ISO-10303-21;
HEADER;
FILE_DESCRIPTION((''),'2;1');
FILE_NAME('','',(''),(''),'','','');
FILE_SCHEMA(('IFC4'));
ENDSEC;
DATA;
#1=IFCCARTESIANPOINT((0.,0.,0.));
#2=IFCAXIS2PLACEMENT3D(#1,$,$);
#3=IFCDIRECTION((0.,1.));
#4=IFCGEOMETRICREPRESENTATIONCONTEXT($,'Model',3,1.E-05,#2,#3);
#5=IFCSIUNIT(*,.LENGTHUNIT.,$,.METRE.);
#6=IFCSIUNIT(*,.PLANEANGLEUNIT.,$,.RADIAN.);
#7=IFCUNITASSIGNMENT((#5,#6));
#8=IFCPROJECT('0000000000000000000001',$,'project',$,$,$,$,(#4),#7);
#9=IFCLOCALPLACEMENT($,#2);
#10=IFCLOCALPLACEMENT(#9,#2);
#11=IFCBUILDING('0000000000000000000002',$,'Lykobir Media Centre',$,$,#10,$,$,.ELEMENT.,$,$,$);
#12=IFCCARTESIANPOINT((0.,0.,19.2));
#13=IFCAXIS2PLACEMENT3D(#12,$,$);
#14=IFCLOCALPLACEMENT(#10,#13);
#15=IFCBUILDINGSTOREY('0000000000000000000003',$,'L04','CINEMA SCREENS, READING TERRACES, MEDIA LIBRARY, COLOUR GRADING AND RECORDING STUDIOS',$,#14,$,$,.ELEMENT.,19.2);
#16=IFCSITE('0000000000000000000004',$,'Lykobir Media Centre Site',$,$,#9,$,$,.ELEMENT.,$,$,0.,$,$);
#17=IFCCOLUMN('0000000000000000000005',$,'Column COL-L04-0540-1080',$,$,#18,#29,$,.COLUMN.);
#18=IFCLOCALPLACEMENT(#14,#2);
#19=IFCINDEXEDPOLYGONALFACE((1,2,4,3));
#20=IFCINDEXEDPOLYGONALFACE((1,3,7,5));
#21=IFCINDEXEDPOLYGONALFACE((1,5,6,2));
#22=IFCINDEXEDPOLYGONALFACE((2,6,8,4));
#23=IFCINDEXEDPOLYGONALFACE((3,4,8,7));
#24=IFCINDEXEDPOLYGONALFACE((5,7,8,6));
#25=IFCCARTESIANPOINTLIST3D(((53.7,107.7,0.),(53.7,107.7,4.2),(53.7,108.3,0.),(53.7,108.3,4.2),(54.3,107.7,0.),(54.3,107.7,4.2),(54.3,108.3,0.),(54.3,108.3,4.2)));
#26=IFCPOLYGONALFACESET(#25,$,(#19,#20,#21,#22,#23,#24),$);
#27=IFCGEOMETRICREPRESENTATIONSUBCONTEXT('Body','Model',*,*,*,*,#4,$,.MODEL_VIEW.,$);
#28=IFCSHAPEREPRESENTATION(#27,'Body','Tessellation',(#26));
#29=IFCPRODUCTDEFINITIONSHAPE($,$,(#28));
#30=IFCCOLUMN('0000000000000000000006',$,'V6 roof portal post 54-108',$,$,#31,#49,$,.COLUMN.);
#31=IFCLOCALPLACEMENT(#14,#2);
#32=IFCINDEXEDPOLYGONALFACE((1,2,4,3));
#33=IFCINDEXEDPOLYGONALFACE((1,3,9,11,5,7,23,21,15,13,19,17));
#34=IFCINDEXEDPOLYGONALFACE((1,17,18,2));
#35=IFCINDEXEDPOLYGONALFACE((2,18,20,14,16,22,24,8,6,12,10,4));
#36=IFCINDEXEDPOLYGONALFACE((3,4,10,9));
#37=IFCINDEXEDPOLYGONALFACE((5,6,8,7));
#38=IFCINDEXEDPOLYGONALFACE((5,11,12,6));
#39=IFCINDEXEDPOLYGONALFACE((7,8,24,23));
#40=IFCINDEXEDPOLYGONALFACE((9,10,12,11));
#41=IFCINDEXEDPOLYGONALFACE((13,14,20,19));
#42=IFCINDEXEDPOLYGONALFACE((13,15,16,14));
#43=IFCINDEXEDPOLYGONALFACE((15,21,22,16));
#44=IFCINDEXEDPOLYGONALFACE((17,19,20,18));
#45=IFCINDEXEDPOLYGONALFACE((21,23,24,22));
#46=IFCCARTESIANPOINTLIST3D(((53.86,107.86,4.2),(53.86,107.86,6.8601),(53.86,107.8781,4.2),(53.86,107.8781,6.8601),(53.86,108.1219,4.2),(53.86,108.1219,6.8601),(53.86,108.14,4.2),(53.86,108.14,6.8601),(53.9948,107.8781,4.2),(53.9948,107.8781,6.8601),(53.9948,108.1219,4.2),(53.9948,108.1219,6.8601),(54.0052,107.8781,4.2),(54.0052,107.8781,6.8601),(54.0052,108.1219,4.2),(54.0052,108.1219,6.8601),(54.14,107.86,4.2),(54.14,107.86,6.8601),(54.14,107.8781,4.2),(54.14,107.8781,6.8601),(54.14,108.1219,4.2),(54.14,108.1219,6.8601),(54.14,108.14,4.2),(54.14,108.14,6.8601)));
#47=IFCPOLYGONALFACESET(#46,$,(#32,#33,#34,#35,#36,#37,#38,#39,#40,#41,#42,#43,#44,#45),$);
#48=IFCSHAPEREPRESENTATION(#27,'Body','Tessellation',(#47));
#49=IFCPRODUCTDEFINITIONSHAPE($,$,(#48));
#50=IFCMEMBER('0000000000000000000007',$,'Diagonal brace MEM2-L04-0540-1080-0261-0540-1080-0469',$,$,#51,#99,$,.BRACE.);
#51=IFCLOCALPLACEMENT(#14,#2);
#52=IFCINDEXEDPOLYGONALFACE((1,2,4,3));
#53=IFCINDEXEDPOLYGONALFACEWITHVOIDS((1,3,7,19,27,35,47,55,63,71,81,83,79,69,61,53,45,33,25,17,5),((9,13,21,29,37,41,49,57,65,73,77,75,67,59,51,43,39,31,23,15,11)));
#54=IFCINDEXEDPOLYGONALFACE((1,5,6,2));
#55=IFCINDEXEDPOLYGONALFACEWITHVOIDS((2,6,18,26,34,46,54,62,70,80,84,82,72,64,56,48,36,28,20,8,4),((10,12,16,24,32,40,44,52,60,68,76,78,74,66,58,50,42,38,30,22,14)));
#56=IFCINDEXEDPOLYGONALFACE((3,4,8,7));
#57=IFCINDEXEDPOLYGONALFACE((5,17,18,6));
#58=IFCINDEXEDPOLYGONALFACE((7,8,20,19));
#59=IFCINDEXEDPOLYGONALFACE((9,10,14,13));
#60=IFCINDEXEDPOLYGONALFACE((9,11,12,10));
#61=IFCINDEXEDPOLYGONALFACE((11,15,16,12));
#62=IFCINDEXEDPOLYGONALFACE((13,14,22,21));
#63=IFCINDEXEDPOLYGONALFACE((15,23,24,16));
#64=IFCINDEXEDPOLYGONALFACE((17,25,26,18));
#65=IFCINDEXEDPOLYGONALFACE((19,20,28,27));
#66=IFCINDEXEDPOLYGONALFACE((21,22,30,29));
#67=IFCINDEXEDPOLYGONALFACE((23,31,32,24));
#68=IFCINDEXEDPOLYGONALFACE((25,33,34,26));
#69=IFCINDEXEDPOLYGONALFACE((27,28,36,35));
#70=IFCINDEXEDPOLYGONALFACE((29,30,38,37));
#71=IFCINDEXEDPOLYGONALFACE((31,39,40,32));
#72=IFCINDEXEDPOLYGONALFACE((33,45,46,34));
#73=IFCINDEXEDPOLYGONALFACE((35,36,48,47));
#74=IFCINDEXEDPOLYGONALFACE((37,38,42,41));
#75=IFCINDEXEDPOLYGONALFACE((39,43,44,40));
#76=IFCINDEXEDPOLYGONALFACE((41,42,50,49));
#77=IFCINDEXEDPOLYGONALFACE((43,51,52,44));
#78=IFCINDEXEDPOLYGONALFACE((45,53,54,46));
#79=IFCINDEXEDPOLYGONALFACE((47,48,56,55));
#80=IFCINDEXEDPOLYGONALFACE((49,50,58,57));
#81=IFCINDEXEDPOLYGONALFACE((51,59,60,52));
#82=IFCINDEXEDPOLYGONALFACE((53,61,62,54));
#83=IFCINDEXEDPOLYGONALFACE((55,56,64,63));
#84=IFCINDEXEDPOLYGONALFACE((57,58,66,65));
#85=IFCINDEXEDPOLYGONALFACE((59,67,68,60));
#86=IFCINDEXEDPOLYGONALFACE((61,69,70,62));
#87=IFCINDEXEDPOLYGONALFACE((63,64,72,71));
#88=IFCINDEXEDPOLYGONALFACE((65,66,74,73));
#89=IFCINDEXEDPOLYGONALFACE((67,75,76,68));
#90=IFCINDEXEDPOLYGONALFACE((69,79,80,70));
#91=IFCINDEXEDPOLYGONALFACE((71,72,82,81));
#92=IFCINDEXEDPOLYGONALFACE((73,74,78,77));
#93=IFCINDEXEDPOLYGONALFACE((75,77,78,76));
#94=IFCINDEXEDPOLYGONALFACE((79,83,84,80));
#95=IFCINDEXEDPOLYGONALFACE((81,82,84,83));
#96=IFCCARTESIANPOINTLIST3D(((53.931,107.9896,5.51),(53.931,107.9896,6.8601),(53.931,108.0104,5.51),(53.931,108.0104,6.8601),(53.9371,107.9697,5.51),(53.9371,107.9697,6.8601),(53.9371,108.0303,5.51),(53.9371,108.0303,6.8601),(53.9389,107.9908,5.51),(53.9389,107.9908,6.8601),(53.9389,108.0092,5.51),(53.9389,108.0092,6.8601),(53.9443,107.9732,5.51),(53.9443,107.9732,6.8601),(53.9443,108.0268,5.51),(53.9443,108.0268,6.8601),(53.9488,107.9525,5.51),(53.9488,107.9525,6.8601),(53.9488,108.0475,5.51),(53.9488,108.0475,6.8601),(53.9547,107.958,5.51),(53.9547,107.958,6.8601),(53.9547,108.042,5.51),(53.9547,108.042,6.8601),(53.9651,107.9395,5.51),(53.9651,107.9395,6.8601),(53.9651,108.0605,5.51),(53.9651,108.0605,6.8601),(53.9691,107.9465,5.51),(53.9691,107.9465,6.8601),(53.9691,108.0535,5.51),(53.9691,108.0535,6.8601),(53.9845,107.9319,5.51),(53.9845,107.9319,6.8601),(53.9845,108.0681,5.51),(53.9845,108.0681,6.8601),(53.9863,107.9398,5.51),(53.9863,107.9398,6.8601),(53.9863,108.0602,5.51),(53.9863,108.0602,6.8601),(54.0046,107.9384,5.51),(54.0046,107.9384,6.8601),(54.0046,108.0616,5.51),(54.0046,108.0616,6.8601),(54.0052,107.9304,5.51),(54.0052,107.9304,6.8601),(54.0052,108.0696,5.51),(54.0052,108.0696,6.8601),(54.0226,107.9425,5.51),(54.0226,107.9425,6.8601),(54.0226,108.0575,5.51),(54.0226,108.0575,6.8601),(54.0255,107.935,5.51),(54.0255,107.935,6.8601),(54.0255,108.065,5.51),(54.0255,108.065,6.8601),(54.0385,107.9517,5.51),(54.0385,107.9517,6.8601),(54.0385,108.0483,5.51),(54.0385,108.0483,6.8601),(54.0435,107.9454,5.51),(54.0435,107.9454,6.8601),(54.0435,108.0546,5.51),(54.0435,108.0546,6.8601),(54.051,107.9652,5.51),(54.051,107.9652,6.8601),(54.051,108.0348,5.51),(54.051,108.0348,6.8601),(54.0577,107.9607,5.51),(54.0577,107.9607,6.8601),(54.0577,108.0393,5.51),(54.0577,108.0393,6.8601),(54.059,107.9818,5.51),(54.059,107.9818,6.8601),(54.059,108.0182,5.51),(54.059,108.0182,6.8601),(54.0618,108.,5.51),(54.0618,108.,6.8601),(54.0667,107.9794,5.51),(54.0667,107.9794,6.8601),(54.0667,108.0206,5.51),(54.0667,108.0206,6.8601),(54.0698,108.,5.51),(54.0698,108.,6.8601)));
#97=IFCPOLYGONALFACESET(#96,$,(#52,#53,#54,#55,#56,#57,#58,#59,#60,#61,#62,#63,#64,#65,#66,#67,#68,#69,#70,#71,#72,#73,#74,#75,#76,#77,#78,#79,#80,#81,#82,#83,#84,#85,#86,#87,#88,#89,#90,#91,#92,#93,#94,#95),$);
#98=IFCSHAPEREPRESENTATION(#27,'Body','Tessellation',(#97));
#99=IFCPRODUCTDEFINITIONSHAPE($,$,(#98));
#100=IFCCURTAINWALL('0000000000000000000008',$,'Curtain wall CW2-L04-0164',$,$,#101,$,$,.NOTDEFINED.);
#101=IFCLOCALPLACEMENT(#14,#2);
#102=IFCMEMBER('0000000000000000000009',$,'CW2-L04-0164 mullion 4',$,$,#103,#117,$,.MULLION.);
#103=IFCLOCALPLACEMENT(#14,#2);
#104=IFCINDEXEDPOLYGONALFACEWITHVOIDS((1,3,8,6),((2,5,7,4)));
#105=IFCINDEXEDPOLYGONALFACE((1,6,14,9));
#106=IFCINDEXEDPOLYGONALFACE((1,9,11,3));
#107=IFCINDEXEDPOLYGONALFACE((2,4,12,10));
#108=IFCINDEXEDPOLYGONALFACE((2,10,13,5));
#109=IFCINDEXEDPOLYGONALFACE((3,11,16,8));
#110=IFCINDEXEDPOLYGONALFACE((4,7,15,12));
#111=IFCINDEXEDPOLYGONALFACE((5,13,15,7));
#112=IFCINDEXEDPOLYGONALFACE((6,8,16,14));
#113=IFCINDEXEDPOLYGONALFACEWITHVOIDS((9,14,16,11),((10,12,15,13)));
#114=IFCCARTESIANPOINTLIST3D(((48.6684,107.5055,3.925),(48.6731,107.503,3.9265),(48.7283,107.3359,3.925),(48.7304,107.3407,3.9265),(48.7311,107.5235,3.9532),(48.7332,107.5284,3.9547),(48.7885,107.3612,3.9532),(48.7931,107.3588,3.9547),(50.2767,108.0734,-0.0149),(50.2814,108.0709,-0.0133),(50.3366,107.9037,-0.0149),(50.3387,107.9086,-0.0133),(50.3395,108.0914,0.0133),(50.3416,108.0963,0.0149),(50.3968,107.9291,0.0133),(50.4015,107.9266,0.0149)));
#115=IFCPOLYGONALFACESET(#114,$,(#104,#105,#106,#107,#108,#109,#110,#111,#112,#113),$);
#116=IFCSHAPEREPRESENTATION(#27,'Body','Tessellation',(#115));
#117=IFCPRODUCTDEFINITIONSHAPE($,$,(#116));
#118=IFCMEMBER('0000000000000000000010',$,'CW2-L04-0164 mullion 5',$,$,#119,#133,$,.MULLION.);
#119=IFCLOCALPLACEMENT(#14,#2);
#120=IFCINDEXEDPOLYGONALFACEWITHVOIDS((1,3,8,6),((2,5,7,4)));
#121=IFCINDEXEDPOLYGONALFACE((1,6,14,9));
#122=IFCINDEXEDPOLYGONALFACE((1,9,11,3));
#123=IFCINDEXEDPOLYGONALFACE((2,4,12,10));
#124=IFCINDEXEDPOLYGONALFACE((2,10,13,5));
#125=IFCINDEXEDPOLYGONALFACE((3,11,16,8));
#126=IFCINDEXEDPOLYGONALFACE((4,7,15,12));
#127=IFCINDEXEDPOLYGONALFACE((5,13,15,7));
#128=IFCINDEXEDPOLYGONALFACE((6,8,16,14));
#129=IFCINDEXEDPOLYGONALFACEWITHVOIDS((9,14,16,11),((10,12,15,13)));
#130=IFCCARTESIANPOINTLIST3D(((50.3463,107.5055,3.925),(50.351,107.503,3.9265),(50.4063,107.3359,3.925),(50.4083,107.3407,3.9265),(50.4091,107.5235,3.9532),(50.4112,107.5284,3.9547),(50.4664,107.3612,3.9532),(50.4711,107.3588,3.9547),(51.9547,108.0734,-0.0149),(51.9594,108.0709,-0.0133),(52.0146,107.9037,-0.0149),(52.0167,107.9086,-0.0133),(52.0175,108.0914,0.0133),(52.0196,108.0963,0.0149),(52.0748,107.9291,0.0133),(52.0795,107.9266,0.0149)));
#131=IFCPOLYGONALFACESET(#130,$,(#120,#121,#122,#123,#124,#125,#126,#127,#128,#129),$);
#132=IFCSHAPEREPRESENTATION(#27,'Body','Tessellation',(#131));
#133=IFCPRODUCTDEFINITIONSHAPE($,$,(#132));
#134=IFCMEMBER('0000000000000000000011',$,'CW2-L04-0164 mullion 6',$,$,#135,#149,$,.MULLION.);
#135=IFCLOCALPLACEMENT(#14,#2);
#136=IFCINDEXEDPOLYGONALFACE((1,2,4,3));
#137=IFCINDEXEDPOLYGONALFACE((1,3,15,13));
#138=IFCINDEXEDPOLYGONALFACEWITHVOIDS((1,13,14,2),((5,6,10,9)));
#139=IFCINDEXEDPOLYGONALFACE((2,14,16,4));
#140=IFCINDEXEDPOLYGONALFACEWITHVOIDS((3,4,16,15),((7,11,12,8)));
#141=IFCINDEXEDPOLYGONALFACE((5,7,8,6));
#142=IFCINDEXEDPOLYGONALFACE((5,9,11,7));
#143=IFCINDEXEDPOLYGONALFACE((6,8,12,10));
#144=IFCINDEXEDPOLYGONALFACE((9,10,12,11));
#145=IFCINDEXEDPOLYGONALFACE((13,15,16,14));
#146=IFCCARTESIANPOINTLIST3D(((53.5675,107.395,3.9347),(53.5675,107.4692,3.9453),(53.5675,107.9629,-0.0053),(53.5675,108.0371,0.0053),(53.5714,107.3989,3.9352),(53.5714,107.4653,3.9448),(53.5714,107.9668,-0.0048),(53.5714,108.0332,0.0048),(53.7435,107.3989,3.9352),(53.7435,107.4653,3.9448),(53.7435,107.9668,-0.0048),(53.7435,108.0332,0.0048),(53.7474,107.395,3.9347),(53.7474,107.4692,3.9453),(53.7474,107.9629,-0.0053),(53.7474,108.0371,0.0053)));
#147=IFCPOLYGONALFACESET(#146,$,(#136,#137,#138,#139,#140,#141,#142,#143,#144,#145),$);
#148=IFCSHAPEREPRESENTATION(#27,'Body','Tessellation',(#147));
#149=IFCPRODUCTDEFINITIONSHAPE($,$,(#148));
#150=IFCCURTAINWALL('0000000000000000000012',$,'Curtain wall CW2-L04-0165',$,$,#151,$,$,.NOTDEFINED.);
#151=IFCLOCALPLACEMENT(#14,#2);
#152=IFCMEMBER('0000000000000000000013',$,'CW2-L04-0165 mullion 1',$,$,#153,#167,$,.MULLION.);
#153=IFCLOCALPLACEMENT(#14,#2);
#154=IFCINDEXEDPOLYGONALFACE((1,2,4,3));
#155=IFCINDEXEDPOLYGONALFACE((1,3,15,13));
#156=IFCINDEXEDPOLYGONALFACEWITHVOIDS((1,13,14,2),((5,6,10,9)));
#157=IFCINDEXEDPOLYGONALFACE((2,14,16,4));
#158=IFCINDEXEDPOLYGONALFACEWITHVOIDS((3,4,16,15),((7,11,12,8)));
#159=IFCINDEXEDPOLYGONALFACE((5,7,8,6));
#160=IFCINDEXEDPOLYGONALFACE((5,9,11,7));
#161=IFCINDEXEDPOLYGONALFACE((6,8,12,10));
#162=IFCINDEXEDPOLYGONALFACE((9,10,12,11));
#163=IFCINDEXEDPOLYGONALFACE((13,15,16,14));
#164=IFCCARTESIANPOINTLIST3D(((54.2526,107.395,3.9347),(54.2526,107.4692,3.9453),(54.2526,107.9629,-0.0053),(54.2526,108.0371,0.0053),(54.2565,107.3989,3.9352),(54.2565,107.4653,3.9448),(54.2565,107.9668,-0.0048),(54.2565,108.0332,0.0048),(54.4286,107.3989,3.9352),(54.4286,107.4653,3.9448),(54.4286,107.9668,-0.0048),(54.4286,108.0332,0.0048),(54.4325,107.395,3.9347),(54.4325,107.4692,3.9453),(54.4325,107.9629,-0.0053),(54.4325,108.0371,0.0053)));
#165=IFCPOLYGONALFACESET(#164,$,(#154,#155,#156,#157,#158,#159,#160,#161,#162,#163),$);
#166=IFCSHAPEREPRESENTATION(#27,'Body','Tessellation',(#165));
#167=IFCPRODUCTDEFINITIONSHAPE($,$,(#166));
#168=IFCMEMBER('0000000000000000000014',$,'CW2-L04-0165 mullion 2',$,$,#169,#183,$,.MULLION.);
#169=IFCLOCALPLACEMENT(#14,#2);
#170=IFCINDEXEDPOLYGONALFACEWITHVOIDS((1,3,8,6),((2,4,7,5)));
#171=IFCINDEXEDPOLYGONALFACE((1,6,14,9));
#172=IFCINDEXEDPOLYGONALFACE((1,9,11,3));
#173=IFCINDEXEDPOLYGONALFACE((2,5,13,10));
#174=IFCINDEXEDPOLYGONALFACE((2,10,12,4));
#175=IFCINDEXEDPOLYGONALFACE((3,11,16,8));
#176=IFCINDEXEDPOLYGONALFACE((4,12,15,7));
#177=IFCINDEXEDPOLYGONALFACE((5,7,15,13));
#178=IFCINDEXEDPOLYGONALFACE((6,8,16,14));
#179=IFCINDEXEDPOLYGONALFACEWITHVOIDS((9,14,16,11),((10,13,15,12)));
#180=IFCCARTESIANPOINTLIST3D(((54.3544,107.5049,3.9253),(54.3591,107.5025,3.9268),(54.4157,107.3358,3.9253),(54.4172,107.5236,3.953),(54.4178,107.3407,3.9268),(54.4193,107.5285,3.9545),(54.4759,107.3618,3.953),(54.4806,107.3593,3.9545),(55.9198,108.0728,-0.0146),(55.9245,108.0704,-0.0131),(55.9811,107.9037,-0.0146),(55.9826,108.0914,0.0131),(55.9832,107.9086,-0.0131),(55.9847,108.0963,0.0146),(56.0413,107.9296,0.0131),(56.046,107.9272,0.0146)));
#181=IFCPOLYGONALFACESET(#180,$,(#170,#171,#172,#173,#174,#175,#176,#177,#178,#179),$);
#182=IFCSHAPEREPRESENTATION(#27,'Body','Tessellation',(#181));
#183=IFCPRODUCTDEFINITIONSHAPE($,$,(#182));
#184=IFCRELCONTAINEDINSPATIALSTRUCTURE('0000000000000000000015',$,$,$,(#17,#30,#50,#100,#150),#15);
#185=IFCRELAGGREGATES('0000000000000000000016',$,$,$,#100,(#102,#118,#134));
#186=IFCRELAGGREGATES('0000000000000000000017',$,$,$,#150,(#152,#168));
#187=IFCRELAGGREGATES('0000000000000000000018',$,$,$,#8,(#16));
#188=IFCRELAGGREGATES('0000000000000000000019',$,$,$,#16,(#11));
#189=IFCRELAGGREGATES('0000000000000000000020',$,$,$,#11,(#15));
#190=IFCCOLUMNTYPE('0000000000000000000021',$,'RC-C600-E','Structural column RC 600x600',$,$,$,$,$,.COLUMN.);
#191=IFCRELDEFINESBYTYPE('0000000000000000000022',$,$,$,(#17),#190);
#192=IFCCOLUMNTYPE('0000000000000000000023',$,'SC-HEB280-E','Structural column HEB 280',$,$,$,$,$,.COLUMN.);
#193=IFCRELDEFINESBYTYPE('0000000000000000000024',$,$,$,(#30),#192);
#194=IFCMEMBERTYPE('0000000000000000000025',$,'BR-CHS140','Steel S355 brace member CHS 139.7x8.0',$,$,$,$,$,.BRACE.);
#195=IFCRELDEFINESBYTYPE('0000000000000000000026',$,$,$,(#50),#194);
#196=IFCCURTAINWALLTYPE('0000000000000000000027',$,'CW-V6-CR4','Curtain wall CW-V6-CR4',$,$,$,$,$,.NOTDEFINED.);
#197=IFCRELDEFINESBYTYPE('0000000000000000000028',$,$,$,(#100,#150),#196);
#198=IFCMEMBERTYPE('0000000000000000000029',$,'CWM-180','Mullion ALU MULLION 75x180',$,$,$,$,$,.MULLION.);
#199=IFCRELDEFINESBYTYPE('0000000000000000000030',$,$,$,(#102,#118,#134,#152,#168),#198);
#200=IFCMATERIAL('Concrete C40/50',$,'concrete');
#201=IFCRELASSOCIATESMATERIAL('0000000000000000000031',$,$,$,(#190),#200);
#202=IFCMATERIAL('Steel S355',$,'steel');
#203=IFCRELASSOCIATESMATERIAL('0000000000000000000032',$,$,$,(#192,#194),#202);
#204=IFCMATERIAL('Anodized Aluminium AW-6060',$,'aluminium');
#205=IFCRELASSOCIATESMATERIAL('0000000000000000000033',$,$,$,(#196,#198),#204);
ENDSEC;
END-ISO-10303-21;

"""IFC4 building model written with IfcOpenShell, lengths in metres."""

from ifc_helpers import new_model, si_unit, direction, frame, origin, origin_2d, place, context, subcontext, project, spatial, rectangle, hollow_rectangle, hollow_circle, i_section, extrude, material, material_profile, profile_set, type_object, element, aggregate, save


model = new_model("IFC4")

# Units and contexts
model_context = context("Model", 3, precision=1e-05, world=origin(), true_north=direction((0.0, 1.0)))
body_context = subcontext(model_context, "Body", "Model", "MODEL_VIEW")
ifc_project = project(units=[si_unit("LENGTHUNIT", "METRE"), si_unit("PLANEANGLEUNIT", "RADIAN")], contexts=[model_context])

# Site, building, storey
site_placement = place(None, origin())
site = spatial("IfcSite", under=ifc_project, at=site_placement, Name="Lykobir Media Centre Site", CompositionType="ELEMENT", RefElevation=0.0)
building_placement = place(site_placement, origin())
building = spatial("IfcBuilding", under=site, at=building_placement, Name="Lykobir Media Centre", CompositionType="ELEMENT")
storey_placement = place(building_placement, frame((0.0, 0.0, 19.2)))
storey = spatial("IfcBuildingStorey", under=building, at=storey_placement, Name="L04", Description="CINEMA SCREENS, READING TERRACES, MEDIA LIBRARY, COLOUR GRADING AND RECORDING STUDIOS", CompositionType="ELEMENT", Elevation=19.2)

# Columns
ifc_material_1 = material(Name="Concrete C40/50", Category="concrete")
ifc_material_profile_1 = material_profile(ifc_material_1, rectangle(XDim=0.6001, YDim=0.6001, at=origin_2d()), Name="RC 600x600")
ifc_profile_set_1 = profile_set([ifc_material_profile_1], Name="Concrete C40/50")
column_type_1 = type_object("IfcColumnType", Name="RC-C600-E", Description="Structural column RC 600x600", PredefinedType="COLUMN", material=ifc_profile_set_1)
column_1_placement = place(storey_placement, frame((54.0, 108.0, 0.0), z_axis=(0.0, 0.0, 1.0), x_axis=(1.0, 0.0, 0.0)))
element("IfcColumn", 1, at=column_1_placement, inside=storey, type_object=column_type_1, Name="Column COL-L04-0540-1080", PredefinedType="COLUMN", context=body_context, shape_type="SweptSolid", body=[
    extrude(rectangle(XDim=0.6001, YDim=0.6001, at=origin_2d()), origin(), (0.0, 0.0, 1.0), 4.2),
])
ifc_material_2 = material(Name="Steel S355", Category="steel")
ifc_material_profile_2 = material_profile(ifc_material_2, i_section(OverallWidth=0.28, OverallDepth=0.28, WebThickness=0.0105, FlangeThickness=0.0181, at=origin_2d()), Name="HEB 280")
ifc_profile_set_2 = profile_set([ifc_material_profile_2], Name="Steel S355")
column_type_2 = type_object("IfcColumnType", Name="SC-HEB280-E", Description="Structural column HEB 280", PredefinedType="COLUMN", material=ifc_profile_set_2)
column_2_placement = place(storey_placement, frame((54.0, 108.0, 4.2), z_axis=(0.0, 0.0, 1.0), x_axis=(1.0, 0.0, 0.0)))
element("IfcColumn", 2, at=column_2_placement, inside=storey, type_object=column_type_2, Name="V6 roof portal post 54-108", PredefinedType="COLUMN", context=body_context, shape_type="SweptSolid", body=[
    extrude(i_section(OverallWidth=0.28, OverallDepth=0.28, WebThickness=0.0105, FlangeThickness=0.0181, at=origin_2d()), origin(), (0.0, 0.0, 1.0), 2.6602),
])

# Member
ifc_material_profile_3 = material_profile(ifc_material_2, hollow_circle(Radius=0.0698, WallThickness=0.0081, at=origin_2d()), Name="CHS 139.7x8.0")
ifc_profile_set_3 = profile_set([ifc_material_profile_3], Name="Steel S355")
member_type_1 = type_object("IfcMemberType", Name="BR-CHS140", Description="Steel S355 brace member CHS 139.7x8.0", PredefinedType="BRACE", material=ifc_profile_set_3)
member_1_placement = place(storey_placement, frame((54.0, 108.0, 6.8601), z_axis=(0.0, 0.0, -1.0), x_axis=(1.0, 0.0, 0.0)))
element("IfcMember", 3, at=member_1_placement, inside=storey, type_object=member_type_1, Name="Diagonal brace MEM2-L04-0540-1080-0261-0540-1080-0469", PredefinedType="BRACE", context=body_context, shape_type="SweptSolid", body=[
    extrude(hollow_circle(Radius=0.0698, WallThickness=0.0081, at=origin_2d()), origin(), (0.0, 0.0, 1.0), 1.3501),
])

# Curtain walls, members
ifc_material_3 = material(Name="Anodized Aluminium AW-6060", Category="aluminium")
curtain_wall_type_1 = type_object("IfcCurtainWallType", Name="CW-V6-CR4", Description="Curtain wall CW-V6-CR4", PredefinedType="NOTDEFINED", material=ifc_material_3)
curtain_wall_1_placement = place(storey_placement, origin())
curtain_wall_1 = element("IfcCurtainWall", 4, at=curtain_wall_1_placement, inside=storey, type_object=curtain_wall_type_1, Name="Curtain wall CW2-L04-0164", PredefinedType="NOTDEFINED")
ifc_material_profile_4 = material_profile(ifc_material_3, hollow_rectangle(XDim=0.075, YDim=0.1799, WallThickness=0.0039, at=origin_2d()), Name="ALU MULLION 75x180")
ifc_profile_set_4 = profile_set([ifc_material_profile_4], Name="Anodized Aluminium AW-6060")
member_type_2 = type_object("IfcMemberType", Name="CWM-180", Description="Mullion ALU MULLION 75x180", PredefinedType="MULLION", material=ifc_profile_set_4)
member_2_placement = place(storey_placement, frame((50.3391, 108.0, 0.0), z_axis=(-0.374628, -0.132269, 0.917692), x_axis=(0.865341, 0.305523, 0.397293)))
member_2 = element("IfcMember", 5, at=member_2_placement, type_object=member_type_2, Name="CW2-L04-0164 mullion 4", PredefinedType="MULLION", context=body_context, shape_type="SweptSolid", body=[
    extrude(hollow_rectangle(XDim=0.075, YDim=0.1799, WallThickness=0.0039, at=origin_2d()), origin(), (0.0, 0.0, 1.0), 4.2932),
])
member_3_placement = place(storey_placement, frame((52.0171, 108.0, 0.0), z_axis=(-0.374628, -0.132269, 0.917692), x_axis=(0.865341, 0.305523, 0.397293)))
member_3 = element("IfcMember", 6, at=member_3_placement, type_object=member_type_2, Name="CW2-L04-0164 mullion 5", PredefinedType="MULLION", context=body_context, shape_type="SweptSolid", body=[
    extrude(hollow_rectangle(XDim=0.075, YDim=0.1799, WallThickness=0.0039, at=origin_2d()), origin(), (0.0, 0.0, 1.0), 4.2932),
])
member_4_placement = place(storey_placement, frame((53.6575, 108.0, 0.0), z_axis=(0.0, -0.142658, 0.989772), x_axis=(0.0, 0.989772, 0.142658)))
member_4 = element("IfcMember", 7, at=member_4_placement, type_object=member_type_2, Name="CW2-L04-0164 mullion 6", PredefinedType="MULLION", context=body_context, shape_type="SweptSolid", body=[
    extrude(hollow_rectangle(XDim=0.075, YDim=0.1799, WallThickness=0.0039, at=origin_2d()), origin(), (0.0, 0.0, 1.0), 3.9807),
])
curtain_wall_2_placement = place(storey_placement, origin())
curtain_wall_2 = element("IfcCurtainWall", 8, at=curtain_wall_2_placement, inside=storey, type_object=curtain_wall_type_1, Name="Curtain wall CW2-L04-0165", PredefinedType="NOTDEFINED")
member_5_placement = place(storey_placement, frame((54.3425, 108.0, 0.0), z_axis=(0.0, -0.142658, 0.989772), x_axis=(0.0, 0.989772, 0.142658)))
member_5 = element("IfcMember", 9, at=member_5_placement, type_object=member_type_2, Name="CW2-L04-0165 mullion 1", PredefinedType="MULLION", context=body_context, shape_type="SweptSolid", body=[
    extrude(hollow_rectangle(XDim=0.075, YDim=0.1799, WallThickness=0.0039, at=origin_2d()), origin(), (0.0, 0.0, 1.0), 3.9807),
])
member_6_placement = place(storey_placement, frame((55.9829, 108.0, 0.0), z_axis=(-0.365977, -0.132761, 0.921106), x_axis=(0.865893, 0.314109, 0.389313)))
member_6 = element("IfcMember", 10, at=member_6_placement, type_object=member_type_2, Name="CW2-L04-0165 mullion 2", PredefinedType="MULLION", context=body_context, shape_type="SweptSolid", body=[
    extrude(hollow_rectangle(XDim=0.075, YDim=0.1799, WallThickness=0.0039, at=origin_2d()), origin(), (0.0, 0.0, 1.0), 4.2773),
])

aggregate(curtain_wall_1, [member_2, member_3, member_4])
aggregate(curtain_wall_2, [member_5, member_6])

save(model, "model.ifc")
